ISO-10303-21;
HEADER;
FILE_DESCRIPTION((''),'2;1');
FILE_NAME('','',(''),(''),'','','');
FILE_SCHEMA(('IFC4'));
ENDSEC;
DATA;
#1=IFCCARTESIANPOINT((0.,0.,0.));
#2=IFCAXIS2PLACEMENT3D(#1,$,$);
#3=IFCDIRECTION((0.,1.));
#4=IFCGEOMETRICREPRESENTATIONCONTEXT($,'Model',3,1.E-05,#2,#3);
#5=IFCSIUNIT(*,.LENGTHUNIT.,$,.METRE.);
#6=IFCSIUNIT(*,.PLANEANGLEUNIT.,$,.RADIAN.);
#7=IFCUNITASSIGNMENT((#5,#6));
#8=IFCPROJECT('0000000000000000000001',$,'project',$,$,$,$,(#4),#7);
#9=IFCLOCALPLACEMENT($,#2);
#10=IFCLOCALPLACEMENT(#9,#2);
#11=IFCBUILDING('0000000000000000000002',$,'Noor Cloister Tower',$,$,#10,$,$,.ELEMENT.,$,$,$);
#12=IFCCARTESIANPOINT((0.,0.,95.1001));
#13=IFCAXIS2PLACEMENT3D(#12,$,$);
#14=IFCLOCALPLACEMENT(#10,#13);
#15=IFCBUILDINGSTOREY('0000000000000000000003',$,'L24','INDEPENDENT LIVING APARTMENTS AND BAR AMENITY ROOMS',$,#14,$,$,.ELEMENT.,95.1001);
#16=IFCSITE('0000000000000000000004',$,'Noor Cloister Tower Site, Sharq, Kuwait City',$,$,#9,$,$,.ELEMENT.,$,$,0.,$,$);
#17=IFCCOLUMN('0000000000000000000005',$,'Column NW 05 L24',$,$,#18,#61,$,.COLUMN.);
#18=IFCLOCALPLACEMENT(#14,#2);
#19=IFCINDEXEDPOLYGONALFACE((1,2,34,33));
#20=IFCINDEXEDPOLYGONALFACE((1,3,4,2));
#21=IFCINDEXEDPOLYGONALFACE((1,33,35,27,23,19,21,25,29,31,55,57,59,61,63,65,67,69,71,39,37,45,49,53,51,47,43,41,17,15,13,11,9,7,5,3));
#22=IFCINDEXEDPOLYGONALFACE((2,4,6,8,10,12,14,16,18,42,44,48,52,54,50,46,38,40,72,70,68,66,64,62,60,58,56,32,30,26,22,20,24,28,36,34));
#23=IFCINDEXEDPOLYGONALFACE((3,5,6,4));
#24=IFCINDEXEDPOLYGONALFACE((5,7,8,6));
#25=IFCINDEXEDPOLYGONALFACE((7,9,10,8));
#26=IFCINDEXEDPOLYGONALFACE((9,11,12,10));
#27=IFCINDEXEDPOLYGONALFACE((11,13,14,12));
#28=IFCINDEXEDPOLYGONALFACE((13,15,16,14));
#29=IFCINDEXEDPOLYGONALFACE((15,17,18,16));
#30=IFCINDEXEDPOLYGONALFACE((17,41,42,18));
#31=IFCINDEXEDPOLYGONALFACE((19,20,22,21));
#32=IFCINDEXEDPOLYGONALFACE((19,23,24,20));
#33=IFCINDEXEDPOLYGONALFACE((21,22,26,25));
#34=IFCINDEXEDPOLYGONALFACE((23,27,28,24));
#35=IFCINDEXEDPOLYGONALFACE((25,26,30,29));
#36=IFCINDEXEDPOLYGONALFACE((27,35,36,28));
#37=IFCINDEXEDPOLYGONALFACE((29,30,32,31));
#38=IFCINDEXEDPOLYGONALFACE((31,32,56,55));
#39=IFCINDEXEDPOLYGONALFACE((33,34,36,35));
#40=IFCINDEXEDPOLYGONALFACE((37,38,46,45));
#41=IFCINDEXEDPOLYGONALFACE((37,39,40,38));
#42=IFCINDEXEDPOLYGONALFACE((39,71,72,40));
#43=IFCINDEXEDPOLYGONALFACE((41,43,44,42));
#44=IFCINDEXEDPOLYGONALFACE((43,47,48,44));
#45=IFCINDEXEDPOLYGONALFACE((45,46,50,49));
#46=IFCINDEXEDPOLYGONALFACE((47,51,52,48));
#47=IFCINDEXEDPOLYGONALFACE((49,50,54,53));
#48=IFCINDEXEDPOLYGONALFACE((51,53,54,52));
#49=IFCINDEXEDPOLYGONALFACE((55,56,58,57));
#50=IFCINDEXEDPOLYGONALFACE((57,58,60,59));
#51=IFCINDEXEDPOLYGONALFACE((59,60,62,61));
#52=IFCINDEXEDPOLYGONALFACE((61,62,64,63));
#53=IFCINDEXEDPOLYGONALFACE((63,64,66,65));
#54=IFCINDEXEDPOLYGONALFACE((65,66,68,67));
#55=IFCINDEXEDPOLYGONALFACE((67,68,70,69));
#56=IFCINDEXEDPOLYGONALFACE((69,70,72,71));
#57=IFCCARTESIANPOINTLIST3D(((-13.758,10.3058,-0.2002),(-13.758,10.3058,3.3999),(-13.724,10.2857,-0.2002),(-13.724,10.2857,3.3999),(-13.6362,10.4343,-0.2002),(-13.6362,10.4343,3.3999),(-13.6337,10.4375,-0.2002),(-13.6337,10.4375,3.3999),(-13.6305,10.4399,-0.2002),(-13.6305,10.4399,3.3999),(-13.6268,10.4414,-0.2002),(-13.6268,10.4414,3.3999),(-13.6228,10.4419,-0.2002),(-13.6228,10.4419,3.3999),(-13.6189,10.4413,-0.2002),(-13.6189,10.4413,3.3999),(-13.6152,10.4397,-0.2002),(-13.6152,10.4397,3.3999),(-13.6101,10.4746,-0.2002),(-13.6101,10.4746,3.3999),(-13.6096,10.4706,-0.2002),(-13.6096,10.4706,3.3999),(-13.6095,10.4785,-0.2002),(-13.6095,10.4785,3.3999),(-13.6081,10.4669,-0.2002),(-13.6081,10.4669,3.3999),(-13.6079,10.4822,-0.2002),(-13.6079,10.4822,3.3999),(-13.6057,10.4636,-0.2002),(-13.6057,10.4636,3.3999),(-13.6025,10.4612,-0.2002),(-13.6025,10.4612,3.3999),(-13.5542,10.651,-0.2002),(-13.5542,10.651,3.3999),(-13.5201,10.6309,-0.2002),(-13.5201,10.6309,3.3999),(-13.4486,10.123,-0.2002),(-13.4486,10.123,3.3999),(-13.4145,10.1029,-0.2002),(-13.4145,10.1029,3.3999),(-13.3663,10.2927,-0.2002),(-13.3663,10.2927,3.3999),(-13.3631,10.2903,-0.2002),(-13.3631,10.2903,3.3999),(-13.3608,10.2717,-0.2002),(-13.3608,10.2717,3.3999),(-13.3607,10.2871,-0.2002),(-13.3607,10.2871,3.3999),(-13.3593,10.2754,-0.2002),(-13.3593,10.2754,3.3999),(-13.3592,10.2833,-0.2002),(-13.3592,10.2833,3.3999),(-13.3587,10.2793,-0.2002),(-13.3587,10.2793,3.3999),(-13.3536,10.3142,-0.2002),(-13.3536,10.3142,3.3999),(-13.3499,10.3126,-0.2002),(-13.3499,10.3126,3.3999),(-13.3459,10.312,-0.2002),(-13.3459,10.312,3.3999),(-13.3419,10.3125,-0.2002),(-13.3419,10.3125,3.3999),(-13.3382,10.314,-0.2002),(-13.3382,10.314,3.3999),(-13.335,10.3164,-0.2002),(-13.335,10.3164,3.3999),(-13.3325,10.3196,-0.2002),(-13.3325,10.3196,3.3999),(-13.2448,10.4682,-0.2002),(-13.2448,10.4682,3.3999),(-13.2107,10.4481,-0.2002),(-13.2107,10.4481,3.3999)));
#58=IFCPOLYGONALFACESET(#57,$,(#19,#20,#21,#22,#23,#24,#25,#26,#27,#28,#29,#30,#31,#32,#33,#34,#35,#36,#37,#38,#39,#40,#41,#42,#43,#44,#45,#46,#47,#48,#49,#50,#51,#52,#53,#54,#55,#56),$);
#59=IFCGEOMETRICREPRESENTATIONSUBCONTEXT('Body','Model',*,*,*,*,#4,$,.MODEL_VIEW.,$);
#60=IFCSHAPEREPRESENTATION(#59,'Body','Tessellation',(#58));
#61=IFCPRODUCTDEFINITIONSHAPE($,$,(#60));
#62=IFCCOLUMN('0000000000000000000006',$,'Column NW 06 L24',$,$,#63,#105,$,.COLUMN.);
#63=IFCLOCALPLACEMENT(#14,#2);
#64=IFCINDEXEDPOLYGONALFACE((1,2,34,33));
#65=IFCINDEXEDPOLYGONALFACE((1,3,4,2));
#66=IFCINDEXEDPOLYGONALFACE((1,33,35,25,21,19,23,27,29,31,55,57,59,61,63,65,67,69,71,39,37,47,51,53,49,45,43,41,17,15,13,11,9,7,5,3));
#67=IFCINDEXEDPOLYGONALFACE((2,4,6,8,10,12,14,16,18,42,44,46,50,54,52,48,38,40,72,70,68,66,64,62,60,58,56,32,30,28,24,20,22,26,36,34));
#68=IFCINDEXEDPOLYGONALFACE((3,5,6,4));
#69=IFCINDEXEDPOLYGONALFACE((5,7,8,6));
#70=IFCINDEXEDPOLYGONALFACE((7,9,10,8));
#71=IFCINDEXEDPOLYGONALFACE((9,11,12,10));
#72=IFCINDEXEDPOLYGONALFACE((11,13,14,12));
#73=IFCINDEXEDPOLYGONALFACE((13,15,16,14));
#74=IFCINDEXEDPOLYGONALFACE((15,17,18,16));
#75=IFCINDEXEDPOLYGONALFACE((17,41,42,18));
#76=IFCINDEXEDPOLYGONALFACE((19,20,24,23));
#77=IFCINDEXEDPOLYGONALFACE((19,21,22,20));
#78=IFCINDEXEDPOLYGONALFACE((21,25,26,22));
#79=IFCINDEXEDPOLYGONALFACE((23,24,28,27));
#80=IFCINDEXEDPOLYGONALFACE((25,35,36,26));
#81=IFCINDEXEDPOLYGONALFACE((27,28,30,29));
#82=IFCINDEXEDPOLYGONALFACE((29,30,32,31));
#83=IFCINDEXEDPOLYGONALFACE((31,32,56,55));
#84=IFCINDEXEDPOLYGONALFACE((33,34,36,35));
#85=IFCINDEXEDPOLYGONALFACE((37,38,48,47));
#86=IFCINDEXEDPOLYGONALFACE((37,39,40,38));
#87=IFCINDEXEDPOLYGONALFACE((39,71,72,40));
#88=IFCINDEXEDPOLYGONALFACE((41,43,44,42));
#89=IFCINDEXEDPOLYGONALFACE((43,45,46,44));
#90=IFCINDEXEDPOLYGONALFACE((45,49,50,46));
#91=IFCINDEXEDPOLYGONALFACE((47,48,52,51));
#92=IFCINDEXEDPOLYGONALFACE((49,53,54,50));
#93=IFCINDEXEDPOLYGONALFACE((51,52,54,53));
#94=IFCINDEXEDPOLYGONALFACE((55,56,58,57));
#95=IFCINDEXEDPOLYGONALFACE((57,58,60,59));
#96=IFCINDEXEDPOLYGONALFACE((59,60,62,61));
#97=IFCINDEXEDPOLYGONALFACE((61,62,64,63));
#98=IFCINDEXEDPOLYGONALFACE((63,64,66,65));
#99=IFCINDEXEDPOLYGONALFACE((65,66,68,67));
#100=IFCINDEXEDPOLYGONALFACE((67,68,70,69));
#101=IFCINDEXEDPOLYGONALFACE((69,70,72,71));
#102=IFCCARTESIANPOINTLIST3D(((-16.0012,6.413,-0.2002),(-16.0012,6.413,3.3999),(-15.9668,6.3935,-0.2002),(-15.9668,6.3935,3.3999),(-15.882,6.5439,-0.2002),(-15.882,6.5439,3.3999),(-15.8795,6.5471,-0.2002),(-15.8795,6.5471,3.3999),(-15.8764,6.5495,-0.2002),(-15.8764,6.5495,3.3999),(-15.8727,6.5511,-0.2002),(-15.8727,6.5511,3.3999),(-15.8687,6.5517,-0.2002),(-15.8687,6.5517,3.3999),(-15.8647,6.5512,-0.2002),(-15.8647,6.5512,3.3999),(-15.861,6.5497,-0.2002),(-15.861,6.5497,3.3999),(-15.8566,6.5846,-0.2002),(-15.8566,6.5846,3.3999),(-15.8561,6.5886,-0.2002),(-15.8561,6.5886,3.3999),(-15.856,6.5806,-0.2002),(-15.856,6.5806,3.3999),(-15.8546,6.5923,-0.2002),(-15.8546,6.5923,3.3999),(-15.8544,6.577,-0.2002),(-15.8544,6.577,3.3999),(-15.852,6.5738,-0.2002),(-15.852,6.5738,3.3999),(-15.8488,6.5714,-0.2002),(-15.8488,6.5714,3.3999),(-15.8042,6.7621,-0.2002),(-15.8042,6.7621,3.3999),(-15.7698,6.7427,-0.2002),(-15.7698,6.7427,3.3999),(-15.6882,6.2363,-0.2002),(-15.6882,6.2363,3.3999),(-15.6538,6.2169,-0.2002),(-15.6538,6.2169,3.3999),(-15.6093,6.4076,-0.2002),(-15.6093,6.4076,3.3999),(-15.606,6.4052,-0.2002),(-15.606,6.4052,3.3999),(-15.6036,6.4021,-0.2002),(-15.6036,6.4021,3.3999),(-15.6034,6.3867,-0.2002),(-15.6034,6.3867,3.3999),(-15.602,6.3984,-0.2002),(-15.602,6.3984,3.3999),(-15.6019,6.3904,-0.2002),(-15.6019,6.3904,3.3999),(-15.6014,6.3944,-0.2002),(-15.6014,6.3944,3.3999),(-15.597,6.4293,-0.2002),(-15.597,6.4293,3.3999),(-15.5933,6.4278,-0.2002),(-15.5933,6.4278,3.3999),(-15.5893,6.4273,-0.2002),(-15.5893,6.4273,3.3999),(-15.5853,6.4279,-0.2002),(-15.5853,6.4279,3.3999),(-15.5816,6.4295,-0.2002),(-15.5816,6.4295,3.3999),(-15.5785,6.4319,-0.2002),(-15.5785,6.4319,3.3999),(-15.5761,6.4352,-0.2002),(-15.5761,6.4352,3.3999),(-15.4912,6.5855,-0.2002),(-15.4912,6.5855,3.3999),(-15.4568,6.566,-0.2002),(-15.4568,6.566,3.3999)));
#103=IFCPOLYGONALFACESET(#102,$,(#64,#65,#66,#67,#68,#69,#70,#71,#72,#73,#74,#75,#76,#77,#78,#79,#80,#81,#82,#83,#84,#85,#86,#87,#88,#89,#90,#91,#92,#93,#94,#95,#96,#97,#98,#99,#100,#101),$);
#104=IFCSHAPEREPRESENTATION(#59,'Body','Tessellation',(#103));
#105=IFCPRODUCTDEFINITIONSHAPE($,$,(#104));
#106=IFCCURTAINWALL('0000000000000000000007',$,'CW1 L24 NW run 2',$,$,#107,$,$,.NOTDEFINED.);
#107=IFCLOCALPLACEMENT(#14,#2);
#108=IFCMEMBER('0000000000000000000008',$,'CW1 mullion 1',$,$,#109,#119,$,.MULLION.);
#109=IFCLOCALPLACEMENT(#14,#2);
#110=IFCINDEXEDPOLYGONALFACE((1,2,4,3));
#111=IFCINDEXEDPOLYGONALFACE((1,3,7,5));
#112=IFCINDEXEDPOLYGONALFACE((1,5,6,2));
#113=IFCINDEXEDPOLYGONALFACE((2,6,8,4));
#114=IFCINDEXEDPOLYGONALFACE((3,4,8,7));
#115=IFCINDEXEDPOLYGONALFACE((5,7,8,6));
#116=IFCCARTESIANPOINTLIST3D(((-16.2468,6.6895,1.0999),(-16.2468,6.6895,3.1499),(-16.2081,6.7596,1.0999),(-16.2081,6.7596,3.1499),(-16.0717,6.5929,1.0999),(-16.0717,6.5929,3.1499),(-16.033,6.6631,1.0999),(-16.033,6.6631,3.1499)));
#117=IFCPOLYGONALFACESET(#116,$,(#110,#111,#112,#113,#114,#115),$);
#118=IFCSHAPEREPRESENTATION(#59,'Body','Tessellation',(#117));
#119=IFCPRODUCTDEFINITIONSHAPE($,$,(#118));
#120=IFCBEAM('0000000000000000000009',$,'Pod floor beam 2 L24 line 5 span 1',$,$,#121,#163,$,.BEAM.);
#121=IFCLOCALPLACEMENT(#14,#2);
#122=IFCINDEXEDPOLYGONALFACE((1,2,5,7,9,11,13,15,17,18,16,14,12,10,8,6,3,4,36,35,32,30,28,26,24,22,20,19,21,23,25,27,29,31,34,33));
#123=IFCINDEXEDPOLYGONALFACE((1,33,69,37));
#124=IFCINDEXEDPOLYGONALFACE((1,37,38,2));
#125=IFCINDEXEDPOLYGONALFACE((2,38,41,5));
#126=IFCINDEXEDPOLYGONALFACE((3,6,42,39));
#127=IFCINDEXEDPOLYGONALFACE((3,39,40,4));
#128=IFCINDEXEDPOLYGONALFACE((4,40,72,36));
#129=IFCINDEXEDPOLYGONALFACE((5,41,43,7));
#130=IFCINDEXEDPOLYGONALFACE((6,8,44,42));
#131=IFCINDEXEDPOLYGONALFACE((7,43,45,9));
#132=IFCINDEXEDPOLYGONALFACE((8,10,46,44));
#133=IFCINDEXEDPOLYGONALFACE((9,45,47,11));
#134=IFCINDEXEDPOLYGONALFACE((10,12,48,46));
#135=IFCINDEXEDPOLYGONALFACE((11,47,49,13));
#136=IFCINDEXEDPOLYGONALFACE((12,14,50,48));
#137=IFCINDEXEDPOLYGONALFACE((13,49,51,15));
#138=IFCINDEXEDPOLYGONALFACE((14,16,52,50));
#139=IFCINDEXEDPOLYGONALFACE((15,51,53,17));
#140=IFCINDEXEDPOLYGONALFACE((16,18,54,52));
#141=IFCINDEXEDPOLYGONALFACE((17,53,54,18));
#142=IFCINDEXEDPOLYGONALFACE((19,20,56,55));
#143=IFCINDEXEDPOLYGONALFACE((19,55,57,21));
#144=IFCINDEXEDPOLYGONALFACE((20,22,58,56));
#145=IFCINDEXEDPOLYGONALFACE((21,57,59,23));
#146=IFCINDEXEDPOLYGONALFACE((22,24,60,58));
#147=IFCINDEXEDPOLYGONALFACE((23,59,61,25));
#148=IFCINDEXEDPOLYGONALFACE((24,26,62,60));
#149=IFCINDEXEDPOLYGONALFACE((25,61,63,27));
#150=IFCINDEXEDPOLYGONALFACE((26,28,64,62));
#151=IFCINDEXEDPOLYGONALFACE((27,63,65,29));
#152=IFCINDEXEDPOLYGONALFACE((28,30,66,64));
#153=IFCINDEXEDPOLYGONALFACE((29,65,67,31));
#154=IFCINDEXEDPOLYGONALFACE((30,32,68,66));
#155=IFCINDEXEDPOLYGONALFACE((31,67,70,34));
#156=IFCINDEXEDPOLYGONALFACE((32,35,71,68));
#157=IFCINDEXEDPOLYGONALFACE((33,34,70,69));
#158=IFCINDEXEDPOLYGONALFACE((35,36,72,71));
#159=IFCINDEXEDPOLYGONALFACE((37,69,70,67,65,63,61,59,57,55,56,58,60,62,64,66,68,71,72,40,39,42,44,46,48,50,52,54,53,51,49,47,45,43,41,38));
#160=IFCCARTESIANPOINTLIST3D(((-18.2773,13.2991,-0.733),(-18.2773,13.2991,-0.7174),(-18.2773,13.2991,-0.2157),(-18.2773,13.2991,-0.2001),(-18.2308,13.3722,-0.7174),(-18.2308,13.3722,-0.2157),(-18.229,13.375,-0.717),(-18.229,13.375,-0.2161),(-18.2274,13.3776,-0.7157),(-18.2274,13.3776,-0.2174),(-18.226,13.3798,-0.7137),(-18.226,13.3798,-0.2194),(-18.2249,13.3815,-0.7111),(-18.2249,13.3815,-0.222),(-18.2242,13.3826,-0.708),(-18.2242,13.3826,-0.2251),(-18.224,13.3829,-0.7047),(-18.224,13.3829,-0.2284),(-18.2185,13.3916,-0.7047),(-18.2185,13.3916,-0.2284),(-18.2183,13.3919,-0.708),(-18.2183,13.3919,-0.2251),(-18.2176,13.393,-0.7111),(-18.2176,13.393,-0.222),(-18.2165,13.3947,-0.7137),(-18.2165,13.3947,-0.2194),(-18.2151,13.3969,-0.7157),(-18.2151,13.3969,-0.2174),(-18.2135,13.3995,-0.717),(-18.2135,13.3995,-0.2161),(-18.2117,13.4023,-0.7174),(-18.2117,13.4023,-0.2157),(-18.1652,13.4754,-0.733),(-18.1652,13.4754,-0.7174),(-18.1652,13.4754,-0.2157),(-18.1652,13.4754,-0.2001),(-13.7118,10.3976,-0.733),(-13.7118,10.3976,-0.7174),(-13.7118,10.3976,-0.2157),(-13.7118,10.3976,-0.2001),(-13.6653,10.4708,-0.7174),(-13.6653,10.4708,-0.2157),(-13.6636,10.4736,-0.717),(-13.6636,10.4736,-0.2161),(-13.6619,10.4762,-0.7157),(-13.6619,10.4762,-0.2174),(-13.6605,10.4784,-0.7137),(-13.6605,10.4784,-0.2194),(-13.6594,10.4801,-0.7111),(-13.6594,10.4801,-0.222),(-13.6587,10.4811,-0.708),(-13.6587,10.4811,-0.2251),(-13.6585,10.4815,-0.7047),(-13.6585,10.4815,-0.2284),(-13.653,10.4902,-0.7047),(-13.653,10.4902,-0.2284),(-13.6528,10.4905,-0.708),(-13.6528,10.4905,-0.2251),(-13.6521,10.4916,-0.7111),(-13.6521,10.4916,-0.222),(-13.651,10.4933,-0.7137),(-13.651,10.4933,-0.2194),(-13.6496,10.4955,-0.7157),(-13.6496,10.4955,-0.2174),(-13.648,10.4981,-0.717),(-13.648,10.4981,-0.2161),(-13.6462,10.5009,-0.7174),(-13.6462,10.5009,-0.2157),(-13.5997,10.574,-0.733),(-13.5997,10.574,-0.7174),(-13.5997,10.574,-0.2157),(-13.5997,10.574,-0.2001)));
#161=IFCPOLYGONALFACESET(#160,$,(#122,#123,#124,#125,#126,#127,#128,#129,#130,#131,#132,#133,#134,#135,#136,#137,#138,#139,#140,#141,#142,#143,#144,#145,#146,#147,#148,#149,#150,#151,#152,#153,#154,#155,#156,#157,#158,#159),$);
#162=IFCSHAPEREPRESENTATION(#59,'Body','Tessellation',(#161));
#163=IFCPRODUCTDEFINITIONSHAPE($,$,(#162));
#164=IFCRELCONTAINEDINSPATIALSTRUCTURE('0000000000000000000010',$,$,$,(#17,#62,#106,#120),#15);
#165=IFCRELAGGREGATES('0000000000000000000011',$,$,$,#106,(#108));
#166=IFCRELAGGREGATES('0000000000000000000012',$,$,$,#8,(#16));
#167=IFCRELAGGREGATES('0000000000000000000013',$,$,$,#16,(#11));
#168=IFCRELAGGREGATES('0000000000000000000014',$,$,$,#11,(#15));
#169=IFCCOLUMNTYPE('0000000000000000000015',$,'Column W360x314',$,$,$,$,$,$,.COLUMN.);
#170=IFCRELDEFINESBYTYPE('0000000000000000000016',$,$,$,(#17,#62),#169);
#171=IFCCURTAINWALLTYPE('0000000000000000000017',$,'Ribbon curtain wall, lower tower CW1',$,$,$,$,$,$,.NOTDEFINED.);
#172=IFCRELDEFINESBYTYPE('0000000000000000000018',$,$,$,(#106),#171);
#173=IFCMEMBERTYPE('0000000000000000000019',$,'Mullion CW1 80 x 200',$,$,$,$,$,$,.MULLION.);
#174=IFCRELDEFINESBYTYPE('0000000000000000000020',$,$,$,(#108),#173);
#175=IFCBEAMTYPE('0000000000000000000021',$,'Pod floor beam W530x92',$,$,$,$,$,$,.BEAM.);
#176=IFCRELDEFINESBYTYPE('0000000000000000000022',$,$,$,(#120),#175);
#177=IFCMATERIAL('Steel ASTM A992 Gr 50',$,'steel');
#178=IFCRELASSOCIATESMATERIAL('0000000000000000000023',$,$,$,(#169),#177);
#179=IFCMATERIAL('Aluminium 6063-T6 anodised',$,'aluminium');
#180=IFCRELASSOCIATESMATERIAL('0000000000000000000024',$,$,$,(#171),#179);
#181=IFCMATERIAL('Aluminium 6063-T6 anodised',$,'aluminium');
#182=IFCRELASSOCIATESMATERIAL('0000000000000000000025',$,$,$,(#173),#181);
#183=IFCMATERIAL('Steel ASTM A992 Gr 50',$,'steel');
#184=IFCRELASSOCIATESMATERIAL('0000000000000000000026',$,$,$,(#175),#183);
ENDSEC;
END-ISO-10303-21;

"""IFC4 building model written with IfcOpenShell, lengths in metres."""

from ifc_helpers import new_model, si_unit, direction, frame, origin, origin_2d, place, context, subcontext, project, spatial, rectangle, i_section, extrude, material, material_profile, profile_set, type_object, element, aggregate, save


model = new_model("IFC4")

# Units and contexts
model_context = context("Model", 3, precision=1e-05, world=origin(), true_north=direction((0.0, 1.0)))
body_context = subcontext(model_context, "Body", "Model", "MODEL_VIEW")
ifc_project = project(units=[si_unit("LENGTHUNIT", "METRE"), si_unit("PLANEANGLEUNIT", "RADIAN")], contexts=[model_context])

# Site, building, storey
site_placement = place(None, origin())
site = spatial("IfcSite", under=ifc_project, at=site_placement, Name="Noor Cloister Tower Site, Sharq, Kuwait City", CompositionType="ELEMENT", RefElevation=0.0)
building_placement = place(site_placement, origin())
building = spatial("IfcBuilding", under=site, at=building_placement, Name="Noor Cloister Tower", CompositionType="ELEMENT")
storey_placement = place(building_placement, frame((0.0, 0.0, 95.1001)))
storey = spatial("IfcBuildingStorey", under=building, at=storey_placement, Name="L24", Description="INDEPENDENT LIVING APARTMENTS AND BAR AMENITY ROOMS", CompositionType="ELEMENT", Elevation=95.1001)

# Columns
ifc_material_1 = material(Name="Steel ASTM A992 Gr 50", Category="steel")
ifc_material_profile_1 = material_profile(ifc_material_1, i_section(OverallWidth=0.4009, OverallDepth=0.3989, WebThickness=0.0249, FlangeThickness=0.0396, FilletRadius=0.0154, at=origin_2d()), Name="W360x314")
ifc_profile_set_1 = profile_set([ifc_material_profile_1], Name="Steel ASTM A992 Gr 50")
column_type = type_object("IfcColumnType", Name="Column W360x314", PredefinedType="COLUMN", material=ifc_profile_set_1)
for number, where, z_axis, x_axis, name in (
    (1, (-13.4844, 10.377, -0.2002), (0.0, 0.0, 1.0), (-0.508499, -0.861063, 0.0), "Column NW 05 L24"),
    (2, (-15.729, 6.4895, -0.2002), (0.0, 0.0, 1.0), (-0.491453, -0.870904, 0.0), "Column NW 06 L24"),
):
    element("IfcColumn", number, at=place(storey_placement, frame(where, z_axis=z_axis, x_axis=x_axis)), inside=storey, type_object=column_type, Name=name, PredefinedType="COLUMN", context=body_context, shape_type="SweptSolid", body=[
        extrude(i_section(OverallWidth=0.4009, OverallDepth=0.3989, WebThickness=0.0249, FlangeThickness=0.0396, FilletRadius=0.0154, at=origin_2d()), origin(), (0.0, 0.0, 1.0), 3.6001),
    ])

# Curtain wall, member
ifc_material_2 = material(Name="Aluminium 6063-T6 anodised", Category="aluminium")
curtain_wall_type = type_object("IfcCurtainWallType", Name="Ribbon curtain wall, lower tower CW1", PredefinedType="NOTDEFINED", material=ifc_material_2)
curtain_wall_placement = place(storey_placement, origin())
curtain_wall = element("IfcCurtainWall", 3, at=curtain_wall_placement, inside=storey, type_object=curtain_wall_type, Name="CW1 L24 NW run 2", PredefinedType="NOTDEFINED")
ifc_material_3 = material(Name="Aluminium 6063-T6 anodised", Category="aluminium")
ifc_material_profile_2 = material_profile(ifc_material_3, rectangle(XDim=0.2, YDim=0.0801, at=origin_2d()), Name="200 x 80 mullion")
ifc_profile_set_2 = profile_set([ifc_material_profile_2], Name="Aluminium 6063-T6 anodised")
member_type = type_object("IfcMemberType", Name="Mullion CW1 80 x 200", PredefinedType="MULLION", material=ifc_profile_set_2)
member_placement = place(storey_placement, frame((-16.1399, 6.6763, 1.0999), z_axis=(0.0, 0.0, 1.0), x_axis=(0.875699, -0.482858, 0.0)))
member = element("IfcMember", 4, at=member_placement, type_object=member_type, Name="CW1 mullion 1", PredefinedType="MULLION", context=body_context, shape_type="SweptSolid", body=[
    extrude(rectangle(XDim=0.2, YDim=0.0801, at=origin_2d()), origin(), (0.0, 0.0, 1.0), 2.05),
])
aggregate(curtain_wall, [member])

# Beam
ifc_material_4 = material(Name="Steel ASTM A992 Gr 50", Category="steel")
ifc_material_profile_3 = material_profile(ifc_material_4, i_section(OverallWidth=0.209, OverallDepth=0.533, WebThickness=0.0103, FlangeThickness=0.0156, FilletRadius=0.0127, at=origin_2d()), Name="W530x92")
ifc_profile_set_3 = profile_set([ifc_material_profile_3], Name="Steel ASTM A992 Gr 50")
beam_type_1 = type_object("IfcBeamType", Name="Pod floor beam W530x92", PredefinedType="BEAM", material=ifc_profile_set_3)
beam_1_placement = place(storey_placement, frame((-13.6558, 10.4858, -0.4666), z_axis=(-0.843988, 0.536361, 0.0), x_axis=(-0.536361, -0.843988, 0.0)))
element("IfcBeam", 5, at=beam_1_placement, inside=storey, type_object=beam_type_1, Name="Pod floor beam 2 L24 line 5 span 1", PredefinedType="BEAM", context=body_context, shape_type="SweptSolid", body=[
    extrude(i_section(OverallWidth=0.209, OverallDepth=0.533, WebThickness=0.0103, FlangeThickness=0.0156, FilletRadius=0.0127, at=origin_2d()), origin(), (0.0, 0.0, 1.0), 5.4094),
])

save(model, "model.ifc")
